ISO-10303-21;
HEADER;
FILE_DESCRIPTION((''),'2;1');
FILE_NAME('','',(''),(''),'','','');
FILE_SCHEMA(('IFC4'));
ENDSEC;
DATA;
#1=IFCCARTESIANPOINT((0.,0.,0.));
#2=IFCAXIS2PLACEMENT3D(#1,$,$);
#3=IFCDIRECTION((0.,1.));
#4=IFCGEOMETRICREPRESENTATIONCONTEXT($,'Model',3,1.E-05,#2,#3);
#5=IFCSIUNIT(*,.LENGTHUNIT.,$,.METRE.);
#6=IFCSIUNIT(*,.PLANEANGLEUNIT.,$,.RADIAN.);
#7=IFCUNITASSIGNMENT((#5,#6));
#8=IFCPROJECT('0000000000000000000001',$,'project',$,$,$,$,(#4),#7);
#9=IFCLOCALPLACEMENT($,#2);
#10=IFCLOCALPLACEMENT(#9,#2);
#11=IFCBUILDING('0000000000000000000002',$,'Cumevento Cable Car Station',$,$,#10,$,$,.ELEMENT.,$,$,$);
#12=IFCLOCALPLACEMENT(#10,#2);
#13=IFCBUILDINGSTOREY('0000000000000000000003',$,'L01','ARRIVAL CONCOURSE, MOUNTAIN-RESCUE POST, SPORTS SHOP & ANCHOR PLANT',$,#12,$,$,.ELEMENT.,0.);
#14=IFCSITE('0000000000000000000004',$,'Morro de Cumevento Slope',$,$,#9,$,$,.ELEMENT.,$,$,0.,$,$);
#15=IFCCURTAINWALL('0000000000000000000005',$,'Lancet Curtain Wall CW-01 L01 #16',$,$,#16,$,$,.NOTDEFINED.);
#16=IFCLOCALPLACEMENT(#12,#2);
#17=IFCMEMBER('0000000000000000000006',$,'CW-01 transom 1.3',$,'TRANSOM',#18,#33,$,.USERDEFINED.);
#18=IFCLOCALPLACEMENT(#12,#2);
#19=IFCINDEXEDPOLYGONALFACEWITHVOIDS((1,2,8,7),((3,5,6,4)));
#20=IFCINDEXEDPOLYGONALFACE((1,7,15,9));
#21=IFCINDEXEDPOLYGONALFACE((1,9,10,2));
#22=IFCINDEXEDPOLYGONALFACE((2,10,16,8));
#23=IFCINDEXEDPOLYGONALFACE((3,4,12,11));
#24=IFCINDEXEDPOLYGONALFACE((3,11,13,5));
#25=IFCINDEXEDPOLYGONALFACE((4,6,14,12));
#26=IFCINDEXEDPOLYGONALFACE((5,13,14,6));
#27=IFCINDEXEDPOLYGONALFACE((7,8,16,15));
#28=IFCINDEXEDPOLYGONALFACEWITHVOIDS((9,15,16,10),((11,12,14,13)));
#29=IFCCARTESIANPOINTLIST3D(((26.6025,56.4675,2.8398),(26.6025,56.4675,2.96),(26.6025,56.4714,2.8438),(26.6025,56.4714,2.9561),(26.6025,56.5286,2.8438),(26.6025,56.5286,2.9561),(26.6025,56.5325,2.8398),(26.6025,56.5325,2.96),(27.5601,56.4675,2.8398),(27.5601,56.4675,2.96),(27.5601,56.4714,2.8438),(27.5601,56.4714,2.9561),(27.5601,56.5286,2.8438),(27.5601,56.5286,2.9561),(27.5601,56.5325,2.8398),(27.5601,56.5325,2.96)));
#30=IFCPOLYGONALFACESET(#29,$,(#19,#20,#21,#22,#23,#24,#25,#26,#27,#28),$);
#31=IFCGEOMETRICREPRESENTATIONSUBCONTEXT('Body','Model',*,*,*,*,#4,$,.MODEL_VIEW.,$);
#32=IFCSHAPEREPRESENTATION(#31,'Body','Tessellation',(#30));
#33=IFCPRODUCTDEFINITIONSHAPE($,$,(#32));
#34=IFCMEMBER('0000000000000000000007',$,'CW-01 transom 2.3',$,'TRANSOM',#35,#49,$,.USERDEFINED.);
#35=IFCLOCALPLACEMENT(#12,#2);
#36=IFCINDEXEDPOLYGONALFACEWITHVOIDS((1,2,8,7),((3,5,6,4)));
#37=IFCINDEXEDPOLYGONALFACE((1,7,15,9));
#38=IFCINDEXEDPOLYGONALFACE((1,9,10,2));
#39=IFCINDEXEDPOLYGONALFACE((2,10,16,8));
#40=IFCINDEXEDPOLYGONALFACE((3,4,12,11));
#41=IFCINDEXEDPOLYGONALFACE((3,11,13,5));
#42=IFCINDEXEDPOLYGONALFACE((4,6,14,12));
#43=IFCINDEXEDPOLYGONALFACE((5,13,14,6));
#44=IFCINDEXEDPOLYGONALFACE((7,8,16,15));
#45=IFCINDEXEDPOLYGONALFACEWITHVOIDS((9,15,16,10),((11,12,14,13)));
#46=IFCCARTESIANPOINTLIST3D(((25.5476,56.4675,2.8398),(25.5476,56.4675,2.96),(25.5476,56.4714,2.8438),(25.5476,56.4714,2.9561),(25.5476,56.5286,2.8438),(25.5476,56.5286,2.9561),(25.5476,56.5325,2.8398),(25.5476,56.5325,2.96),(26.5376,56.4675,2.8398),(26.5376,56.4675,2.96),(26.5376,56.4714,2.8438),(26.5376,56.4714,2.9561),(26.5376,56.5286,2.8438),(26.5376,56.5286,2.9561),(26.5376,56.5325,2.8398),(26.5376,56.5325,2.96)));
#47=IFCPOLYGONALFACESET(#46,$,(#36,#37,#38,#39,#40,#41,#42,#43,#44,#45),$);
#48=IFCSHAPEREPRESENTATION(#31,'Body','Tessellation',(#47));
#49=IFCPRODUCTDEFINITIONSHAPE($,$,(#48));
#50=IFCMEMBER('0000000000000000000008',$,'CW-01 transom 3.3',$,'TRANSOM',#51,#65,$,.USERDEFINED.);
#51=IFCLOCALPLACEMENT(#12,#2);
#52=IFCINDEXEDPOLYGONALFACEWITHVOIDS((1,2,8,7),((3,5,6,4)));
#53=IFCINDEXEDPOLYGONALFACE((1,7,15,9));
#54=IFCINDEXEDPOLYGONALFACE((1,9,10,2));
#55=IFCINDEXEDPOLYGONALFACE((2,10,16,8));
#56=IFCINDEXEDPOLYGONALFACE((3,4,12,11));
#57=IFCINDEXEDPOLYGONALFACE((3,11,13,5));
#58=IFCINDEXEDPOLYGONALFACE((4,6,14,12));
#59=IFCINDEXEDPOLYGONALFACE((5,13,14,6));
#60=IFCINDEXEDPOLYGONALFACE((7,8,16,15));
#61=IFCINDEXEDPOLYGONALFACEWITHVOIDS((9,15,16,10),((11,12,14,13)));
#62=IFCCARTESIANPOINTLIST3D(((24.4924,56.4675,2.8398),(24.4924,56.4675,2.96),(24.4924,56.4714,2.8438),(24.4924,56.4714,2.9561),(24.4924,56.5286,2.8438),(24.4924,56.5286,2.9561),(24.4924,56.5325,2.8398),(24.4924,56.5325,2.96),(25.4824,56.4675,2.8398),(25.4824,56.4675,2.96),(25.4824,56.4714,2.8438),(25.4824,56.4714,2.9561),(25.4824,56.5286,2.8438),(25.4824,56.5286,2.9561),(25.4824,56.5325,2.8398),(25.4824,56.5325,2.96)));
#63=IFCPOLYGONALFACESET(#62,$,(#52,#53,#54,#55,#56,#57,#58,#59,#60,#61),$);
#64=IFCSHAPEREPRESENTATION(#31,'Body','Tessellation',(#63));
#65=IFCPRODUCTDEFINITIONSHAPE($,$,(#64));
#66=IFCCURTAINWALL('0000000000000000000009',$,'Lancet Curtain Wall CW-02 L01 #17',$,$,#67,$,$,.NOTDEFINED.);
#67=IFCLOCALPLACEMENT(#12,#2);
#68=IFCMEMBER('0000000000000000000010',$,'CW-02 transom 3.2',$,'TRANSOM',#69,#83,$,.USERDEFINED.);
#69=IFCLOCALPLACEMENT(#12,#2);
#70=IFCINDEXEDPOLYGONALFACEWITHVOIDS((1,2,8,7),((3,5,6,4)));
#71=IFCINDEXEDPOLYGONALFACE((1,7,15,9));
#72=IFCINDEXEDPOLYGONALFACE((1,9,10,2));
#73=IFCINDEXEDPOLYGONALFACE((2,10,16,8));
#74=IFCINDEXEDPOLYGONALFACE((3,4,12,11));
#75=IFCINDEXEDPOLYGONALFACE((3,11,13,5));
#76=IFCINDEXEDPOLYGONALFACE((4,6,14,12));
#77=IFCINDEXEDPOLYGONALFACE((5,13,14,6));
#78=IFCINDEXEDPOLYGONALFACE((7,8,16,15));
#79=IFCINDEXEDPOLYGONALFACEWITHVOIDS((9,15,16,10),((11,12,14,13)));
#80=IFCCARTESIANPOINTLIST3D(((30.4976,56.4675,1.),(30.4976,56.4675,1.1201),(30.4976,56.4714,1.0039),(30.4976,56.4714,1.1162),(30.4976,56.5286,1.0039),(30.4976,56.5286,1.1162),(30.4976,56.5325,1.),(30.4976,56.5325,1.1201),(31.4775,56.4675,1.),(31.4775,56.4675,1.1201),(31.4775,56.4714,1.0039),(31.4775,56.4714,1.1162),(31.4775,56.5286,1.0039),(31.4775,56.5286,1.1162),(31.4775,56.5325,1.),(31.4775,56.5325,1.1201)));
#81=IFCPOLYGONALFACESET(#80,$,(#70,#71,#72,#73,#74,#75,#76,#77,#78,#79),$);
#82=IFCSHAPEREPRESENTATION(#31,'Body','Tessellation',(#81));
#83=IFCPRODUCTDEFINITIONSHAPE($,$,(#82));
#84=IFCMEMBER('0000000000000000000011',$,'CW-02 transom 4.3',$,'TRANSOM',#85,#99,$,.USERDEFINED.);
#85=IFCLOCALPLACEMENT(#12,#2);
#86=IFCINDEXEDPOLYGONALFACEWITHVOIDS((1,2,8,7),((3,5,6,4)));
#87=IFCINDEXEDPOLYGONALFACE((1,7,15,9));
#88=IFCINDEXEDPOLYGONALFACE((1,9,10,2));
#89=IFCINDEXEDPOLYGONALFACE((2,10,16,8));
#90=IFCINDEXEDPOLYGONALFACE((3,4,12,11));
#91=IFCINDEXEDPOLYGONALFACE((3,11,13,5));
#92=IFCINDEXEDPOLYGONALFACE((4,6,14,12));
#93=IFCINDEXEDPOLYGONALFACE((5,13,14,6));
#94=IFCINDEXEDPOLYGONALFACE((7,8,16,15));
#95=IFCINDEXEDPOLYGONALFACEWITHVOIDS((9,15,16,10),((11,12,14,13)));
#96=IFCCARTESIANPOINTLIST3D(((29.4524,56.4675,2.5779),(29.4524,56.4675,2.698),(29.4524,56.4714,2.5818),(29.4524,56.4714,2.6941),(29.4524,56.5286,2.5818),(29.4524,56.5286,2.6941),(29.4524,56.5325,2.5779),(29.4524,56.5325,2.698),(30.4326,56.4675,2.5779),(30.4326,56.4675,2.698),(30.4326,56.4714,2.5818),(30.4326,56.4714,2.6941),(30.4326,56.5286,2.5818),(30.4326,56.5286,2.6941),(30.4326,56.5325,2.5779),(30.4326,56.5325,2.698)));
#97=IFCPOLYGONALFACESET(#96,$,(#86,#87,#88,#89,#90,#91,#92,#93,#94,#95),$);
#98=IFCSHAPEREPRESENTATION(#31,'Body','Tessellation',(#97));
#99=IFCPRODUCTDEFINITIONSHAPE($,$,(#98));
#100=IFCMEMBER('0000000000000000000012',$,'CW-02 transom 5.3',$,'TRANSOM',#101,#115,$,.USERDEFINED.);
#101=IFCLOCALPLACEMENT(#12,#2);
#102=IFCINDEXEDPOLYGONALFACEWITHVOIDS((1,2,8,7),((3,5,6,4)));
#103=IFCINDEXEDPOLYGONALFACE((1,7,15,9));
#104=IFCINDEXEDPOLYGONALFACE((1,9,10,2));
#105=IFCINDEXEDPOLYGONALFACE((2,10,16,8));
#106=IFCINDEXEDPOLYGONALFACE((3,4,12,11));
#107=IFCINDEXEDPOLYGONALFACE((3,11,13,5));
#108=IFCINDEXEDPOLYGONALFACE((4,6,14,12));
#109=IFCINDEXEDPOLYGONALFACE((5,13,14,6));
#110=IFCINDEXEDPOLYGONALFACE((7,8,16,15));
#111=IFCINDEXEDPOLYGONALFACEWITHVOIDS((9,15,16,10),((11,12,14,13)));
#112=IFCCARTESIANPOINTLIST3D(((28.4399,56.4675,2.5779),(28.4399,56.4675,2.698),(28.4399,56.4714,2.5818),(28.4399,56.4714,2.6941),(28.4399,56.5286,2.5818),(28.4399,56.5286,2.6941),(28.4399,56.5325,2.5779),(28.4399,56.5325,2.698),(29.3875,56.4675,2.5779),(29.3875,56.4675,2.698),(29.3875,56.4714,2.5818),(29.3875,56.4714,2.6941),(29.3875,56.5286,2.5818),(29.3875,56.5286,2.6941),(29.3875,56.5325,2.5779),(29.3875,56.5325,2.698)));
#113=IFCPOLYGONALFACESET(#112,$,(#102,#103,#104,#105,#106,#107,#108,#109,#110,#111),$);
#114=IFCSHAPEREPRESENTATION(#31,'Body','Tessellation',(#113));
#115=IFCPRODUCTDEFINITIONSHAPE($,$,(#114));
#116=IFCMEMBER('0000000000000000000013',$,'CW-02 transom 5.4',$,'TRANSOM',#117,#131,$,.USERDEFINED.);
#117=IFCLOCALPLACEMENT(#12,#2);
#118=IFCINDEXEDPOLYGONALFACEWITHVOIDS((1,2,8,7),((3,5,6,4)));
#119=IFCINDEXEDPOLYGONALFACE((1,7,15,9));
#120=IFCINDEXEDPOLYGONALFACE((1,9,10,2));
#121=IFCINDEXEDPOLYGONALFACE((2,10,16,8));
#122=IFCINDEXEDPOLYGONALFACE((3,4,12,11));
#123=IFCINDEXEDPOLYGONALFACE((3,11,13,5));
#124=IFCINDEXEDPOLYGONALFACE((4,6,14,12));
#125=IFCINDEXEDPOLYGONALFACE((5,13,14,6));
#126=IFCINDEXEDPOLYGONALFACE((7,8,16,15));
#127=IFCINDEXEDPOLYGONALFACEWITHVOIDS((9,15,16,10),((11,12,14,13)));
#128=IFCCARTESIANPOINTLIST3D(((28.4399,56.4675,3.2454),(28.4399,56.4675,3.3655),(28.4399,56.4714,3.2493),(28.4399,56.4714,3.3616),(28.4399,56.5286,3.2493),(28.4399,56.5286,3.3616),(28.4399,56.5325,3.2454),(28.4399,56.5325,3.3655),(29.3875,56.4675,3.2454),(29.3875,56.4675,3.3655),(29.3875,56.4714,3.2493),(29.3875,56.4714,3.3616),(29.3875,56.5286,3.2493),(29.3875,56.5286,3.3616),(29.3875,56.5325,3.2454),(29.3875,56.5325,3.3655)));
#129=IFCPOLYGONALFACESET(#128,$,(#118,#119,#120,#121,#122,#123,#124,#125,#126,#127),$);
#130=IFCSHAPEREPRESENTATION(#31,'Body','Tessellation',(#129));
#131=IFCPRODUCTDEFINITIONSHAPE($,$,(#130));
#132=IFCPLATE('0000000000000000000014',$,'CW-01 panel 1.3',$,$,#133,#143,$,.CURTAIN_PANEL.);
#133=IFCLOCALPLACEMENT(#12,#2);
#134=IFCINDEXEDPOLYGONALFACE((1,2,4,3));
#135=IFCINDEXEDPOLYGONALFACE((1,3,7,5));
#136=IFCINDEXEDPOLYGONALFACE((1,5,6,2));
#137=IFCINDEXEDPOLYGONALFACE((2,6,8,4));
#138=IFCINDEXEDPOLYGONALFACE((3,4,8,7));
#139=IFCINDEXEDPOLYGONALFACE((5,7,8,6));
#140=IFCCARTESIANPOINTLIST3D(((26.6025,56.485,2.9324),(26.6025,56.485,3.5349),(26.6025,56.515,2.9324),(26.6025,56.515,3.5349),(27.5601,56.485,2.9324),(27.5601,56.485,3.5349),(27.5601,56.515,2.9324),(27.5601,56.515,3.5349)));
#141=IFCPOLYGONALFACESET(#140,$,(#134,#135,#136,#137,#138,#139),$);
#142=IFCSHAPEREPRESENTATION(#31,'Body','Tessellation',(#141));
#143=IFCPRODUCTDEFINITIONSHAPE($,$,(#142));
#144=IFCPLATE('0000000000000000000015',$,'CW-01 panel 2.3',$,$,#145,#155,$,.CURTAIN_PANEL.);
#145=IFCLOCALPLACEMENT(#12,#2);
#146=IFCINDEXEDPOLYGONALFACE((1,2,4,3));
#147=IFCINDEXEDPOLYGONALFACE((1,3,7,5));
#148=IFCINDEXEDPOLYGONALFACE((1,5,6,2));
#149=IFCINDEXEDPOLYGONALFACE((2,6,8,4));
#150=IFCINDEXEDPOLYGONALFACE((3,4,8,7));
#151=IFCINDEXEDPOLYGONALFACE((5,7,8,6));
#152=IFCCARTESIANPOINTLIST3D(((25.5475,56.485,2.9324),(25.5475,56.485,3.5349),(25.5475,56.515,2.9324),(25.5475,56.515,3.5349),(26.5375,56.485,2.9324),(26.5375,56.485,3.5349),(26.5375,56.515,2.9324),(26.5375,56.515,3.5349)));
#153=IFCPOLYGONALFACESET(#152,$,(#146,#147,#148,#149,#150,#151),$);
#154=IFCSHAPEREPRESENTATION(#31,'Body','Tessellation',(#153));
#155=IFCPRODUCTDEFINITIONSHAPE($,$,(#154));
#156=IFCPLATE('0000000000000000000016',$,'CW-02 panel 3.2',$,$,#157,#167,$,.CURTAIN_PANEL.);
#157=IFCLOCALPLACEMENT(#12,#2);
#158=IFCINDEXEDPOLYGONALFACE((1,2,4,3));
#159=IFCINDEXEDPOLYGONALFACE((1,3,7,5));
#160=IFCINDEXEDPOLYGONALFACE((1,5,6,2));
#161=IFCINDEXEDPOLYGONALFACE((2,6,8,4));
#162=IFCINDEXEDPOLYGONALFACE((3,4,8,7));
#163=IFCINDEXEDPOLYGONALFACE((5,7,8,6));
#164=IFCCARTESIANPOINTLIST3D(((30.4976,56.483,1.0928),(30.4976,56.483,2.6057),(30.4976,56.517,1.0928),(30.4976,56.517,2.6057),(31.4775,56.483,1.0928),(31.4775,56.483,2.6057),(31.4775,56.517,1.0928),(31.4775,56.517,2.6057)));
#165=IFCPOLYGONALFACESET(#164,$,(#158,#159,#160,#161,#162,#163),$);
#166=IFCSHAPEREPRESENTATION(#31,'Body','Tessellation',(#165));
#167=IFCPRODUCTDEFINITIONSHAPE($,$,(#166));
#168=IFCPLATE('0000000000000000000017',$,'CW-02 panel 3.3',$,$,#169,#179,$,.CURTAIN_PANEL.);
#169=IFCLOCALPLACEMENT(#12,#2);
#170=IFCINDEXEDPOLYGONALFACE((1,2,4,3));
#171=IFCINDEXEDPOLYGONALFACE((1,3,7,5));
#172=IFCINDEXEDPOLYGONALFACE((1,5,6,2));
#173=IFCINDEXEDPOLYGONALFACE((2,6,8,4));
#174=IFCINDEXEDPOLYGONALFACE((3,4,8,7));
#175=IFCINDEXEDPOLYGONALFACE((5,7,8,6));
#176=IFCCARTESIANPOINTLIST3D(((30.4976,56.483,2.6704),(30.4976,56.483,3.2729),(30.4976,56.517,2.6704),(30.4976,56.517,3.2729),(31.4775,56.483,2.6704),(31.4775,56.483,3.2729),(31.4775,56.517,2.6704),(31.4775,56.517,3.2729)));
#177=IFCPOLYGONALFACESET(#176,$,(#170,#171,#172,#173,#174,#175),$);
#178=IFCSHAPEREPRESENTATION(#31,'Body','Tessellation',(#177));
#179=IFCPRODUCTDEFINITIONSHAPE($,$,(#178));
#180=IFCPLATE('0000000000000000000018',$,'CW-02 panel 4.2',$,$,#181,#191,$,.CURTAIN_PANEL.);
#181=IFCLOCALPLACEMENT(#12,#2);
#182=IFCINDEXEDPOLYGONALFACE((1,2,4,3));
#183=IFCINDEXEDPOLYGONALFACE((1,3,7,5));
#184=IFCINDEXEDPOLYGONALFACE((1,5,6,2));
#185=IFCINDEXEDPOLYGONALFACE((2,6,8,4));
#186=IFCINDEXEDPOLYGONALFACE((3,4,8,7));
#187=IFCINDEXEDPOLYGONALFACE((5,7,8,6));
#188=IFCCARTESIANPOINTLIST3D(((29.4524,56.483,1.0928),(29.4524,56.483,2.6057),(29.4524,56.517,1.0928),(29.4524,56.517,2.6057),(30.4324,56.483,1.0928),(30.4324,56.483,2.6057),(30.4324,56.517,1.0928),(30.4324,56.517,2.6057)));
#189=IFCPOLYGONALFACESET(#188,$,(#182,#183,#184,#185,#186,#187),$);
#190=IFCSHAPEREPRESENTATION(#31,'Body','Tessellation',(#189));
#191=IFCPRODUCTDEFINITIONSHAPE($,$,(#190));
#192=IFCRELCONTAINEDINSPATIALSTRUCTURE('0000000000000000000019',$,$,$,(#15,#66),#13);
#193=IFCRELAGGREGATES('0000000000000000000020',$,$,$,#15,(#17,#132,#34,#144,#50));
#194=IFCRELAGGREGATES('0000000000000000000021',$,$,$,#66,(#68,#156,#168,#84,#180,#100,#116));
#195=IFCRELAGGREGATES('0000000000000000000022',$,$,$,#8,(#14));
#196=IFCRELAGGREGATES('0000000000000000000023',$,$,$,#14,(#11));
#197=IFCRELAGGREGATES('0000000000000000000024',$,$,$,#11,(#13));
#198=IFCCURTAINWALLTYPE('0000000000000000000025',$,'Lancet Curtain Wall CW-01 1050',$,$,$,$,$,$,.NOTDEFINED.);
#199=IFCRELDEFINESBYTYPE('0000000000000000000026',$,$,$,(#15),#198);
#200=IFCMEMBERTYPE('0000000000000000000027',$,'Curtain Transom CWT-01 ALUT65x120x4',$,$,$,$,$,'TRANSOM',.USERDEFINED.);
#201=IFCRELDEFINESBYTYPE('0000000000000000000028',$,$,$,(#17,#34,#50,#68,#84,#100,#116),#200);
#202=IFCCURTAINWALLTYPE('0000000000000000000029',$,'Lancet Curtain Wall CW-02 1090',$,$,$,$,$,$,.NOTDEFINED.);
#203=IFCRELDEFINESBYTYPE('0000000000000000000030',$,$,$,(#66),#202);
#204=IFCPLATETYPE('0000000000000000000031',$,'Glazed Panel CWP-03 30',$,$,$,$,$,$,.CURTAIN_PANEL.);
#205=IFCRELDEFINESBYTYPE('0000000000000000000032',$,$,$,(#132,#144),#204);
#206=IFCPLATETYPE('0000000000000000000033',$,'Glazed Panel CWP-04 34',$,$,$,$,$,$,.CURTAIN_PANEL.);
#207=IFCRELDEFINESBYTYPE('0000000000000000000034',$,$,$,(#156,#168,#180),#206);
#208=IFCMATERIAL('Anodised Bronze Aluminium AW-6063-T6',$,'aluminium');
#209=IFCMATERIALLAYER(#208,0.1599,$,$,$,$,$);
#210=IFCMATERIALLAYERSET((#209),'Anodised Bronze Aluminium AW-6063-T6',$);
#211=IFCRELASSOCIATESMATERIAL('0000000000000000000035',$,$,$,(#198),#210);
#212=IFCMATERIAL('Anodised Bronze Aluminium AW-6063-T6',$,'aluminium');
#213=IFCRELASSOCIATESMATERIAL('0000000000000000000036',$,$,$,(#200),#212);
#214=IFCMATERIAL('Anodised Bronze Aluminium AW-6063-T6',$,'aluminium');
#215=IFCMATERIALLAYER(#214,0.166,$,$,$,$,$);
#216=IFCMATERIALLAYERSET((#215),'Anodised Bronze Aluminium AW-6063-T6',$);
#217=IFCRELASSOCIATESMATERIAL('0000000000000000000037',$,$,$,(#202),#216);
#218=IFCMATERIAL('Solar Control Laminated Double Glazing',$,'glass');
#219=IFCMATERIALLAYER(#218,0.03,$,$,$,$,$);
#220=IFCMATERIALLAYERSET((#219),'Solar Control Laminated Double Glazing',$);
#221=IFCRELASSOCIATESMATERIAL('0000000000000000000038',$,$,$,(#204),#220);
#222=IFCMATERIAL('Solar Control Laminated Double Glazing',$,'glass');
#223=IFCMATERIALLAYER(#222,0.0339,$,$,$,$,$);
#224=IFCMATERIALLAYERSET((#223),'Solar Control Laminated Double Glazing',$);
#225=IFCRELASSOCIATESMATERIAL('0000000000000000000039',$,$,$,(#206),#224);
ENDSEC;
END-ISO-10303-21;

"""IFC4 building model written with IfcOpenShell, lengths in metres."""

from ifc_helpers import new_model, si_unit, direction, frame, origin, origin_2d, place, context, subcontext, project, spatial, rectangle, hollow_rectangle, extrude, material, layer, layer_set, material_profile, profile_set, type_object, element, aggregate, save


model = new_model("IFC4")

# Units and contexts
model_context = context("Model", 3, precision=1e-05, world=origin(), true_north=direction((0.0, 1.0)))
body_context = subcontext(model_context, "Body", "Model", "MODEL_VIEW")
ifc_project = project(units=[si_unit("LENGTHUNIT", "METRE"), si_unit("PLANEANGLEUNIT", "RADIAN")], contexts=[model_context])

# Site, building, storey
site_placement = place(None, origin())
site = spatial("IfcSite", under=ifc_project, at=site_placement, Name="Morro de Cumevento Slope", CompositionType="ELEMENT", RefElevation=0.0)
building_placement = place(site_placement, origin())
building = spatial("IfcBuilding", under=site, at=building_placement, Name="Cumevento Cable Car Station", CompositionType="ELEMENT")
storey_placement = place(building_placement, origin())
storey = spatial("IfcBuildingStorey", under=building, at=storey_placement, Name="L01", Description="ARRIVAL CONCOURSE, MOUNTAIN-RESCUE POST, SPORTS SHOP & ANCHOR PLANT", CompositionType="ELEMENT", Elevation=0.0)

# Curtain walls, members
ifc_material_1 = material(Name="Anodised Bronze Aluminium AW-6063-T6", Category="aluminium")
ifc_layer_1 = layer(ifc_material_1, 0.1599)
ifc_layer_set_1 = layer_set([ifc_layer_1], Name="Anodised Bronze Aluminium AW-6063-T6")
curtain_wall_type_1 = type_object("IfcCurtainWallType", Name="Lancet Curtain Wall CW-01 1050", PredefinedType="NOTDEFINED", material=ifc_layer_set_1)
curtain_wall_1_placement = place(storey_placement, origin())
curtain_wall_1 = element("IfcCurtainWall", 1, at=curtain_wall_1_placement, inside=storey, type_object=curtain_wall_type_1, Name="Lancet Curtain Wall CW-01 L01 #16", PredefinedType="NOTDEFINED")
ifc_material_2 = material(Name="Anodised Bronze Aluminium AW-6063-T6", Category="aluminium")
ifc_material_profile = material_profile(ifc_material_2, hollow_rectangle(XDim=0.0649, YDim=0.1201, WallThickness=0.0039, at=origin_2d()), Name="ALUT65x120x4")
ifc_profile_set = profile_set([ifc_material_profile], Name="Anodised Bronze Aluminium AW-6063-T6")
member_type = type_object("IfcMemberType", Name="Curtain Transom CWT-01 ALUT65x120x4", ElementType="TRANSOM", PredefinedType="USERDEFINED", material=ifc_profile_set)
member_1_placement = place(storey_placement, frame((27.5601, 56.5, 2.8999), z_axis=(-1.0, 0.0, 0.0), x_axis=(0.0, -1.0, 0.0)))
member_1 = element("IfcMember", 2, at=member_1_placement, type_object=member_type, Name="CW-01 transom 1.3", ObjectType="TRANSOM", PredefinedType="USERDEFINED", context=body_context, shape_type="SweptSolid", body=[
    extrude(hollow_rectangle(XDim=0.0649, YDim=0.1201, WallThickness=0.0039, at=origin_2d()), origin(), (0.0, 0.0, 1.0), 0.9575),
])
member_2_placement = place(storey_placement, frame((26.5376, 56.5, 2.8999), z_axis=(-1.0, 0.0, 0.0), x_axis=(0.0, -1.0, 0.0)))
member_2 = element("IfcMember", 3, at=member_2_placement, type_object=member_type, Name="CW-01 transom 2.3", ObjectType="TRANSOM", PredefinedType="USERDEFINED", context=body_context, shape_type="SweptSolid", body=[
    extrude(hollow_rectangle(XDim=0.0649, YDim=0.1201, WallThickness=0.0039, at=origin_2d()), origin(), (0.0, 0.0, 1.0), 0.99),
])
member_3_placement = place(storey_placement, frame((25.4824, 56.5, 2.8999), z_axis=(-1.0, 0.0, 0.0), x_axis=(0.0, -1.0, 0.0)))
member_3 = element("IfcMember", 4, at=member_3_placement, type_object=member_type, Name="CW-01 transom 3.3", ObjectType="TRANSOM", PredefinedType="USERDEFINED", context=body_context, shape_type="SweptSolid", body=[
    extrude(hollow_rectangle(XDim=0.0649, YDim=0.1201, WallThickness=0.0039, at=origin_2d()), origin(), (0.0, 0.0, 1.0), 0.99),
])
ifc_material_3 = material(Name="Anodised Bronze Aluminium AW-6063-T6", Category="aluminium")
ifc_layer_2 = layer(ifc_material_3, 0.166)
ifc_layer_set_2 = layer_set([ifc_layer_2], Name="Anodised Bronze Aluminium AW-6063-T6")
curtain_wall_type_2 = type_object("IfcCurtainWallType", Name="Lancet Curtain Wall CW-02 1090", PredefinedType="NOTDEFINED", material=ifc_layer_set_2)
curtain_wall_2_placement = place(storey_placement, origin())
curtain_wall_2 = element("IfcCurtainWall", 5, at=curtain_wall_2_placement, inside=storey, type_object=curtain_wall_type_2, Name="Lancet Curtain Wall CW-02 L01 #17", PredefinedType="NOTDEFINED")
member_4_placement = place(storey_placement, frame((31.4775, 56.5, 1.0601), z_axis=(-1.0, 0.0, 0.0), x_axis=(0.0, -1.0, 0.0)))
member_4 = element("IfcMember", 6, at=member_4_placement, type_object=member_type, Name="CW-02 transom 3.2", ObjectType="TRANSOM", PredefinedType="USERDEFINED", context=body_context, shape_type="SweptSolid", body=[
    extrude(hollow_rectangle(XDim=0.0649, YDim=0.1201, WallThickness=0.0039, at=origin_2d()), origin(), (0.0, 0.0, 1.0), 0.98),
])
member_5_placement = place(storey_placement, frame((30.4326, 56.5, 2.6379), z_axis=(-1.0, 0.0, 0.0), x_axis=(0.0, -1.0, 0.0)))
member_5 = element("IfcMember", 7, at=member_5_placement, type_object=member_type, Name="CW-02 transom 4.3", ObjectType="TRANSOM", PredefinedType="USERDEFINED", context=body_context, shape_type="SweptSolid", body=[
    extrude(hollow_rectangle(XDim=0.0649, YDim=0.1201, WallThickness=0.0039, at=origin_2d()), origin(), (0.0, 0.0, 1.0), 0.9802),
])
member_6_placement = place(storey_placement, frame((29.3875, 56.5, 2.6379), z_axis=(-1.0, 0.0, 0.0), x_axis=(0.0, -1.0, 0.0)))
member_6 = element("IfcMember", 8, at=member_6_placement, type_object=member_type, Name="CW-02 transom 5.3", ObjectType="TRANSOM", PredefinedType="USERDEFINED", context=body_context, shape_type="SweptSolid", body=[
    extrude(hollow_rectangle(XDim=0.0649, YDim=0.1201, WallThickness=0.0039, at=origin_2d()), origin(), (0.0, 0.0, 1.0), 0.9475),
])
member_7_placement = place(storey_placement, frame((29.3875, 56.5, 3.3054), z_axis=(-1.0, 0.0, 0.0), x_axis=(0.0, -1.0, 0.0)))
member_7 = element("IfcMember", 9, at=member_7_placement, type_object=member_type, Name="CW-02 transom 5.4", ObjectType="TRANSOM", PredefinedType="USERDEFINED", context=body_context, shape_type="SweptSolid", body=[
    extrude(hollow_rectangle(XDim=0.0649, YDim=0.1201, WallThickness=0.0039, at=origin_2d()), origin(), (0.0, 0.0, 1.0), 0.9475),
])

# Plates
ifc_material_4 = material(Name="Solar Control Laminated Double Glazing", Category="glass")
ifc_layer_3 = layer(ifc_material_4, 0.03)
ifc_layer_set_3 = layer_set([ifc_layer_3], Name="Solar Control Laminated Double Glazing")
plate_type_1 = type_object("IfcPlateType", Name="Glazed Panel CWP-03 30", PredefinedType="CURTAIN_PANEL", material=ifc_layer_set_3)
plate_1_placement = place(storey_placement, frame((27.0813, 56.5, 2.9324), z_axis=(0.0, 0.0, 1.0), x_axis=(-1.0, 0.0, 0.0)))
plate_1 = element("IfcPlate", 10, at=plate_1_placement, type_object=plate_type_1, Name="CW-01 panel 1.3", PredefinedType="CURTAIN_PANEL", context=body_context, shape_type="SweptSolid", body=[
    extrude(rectangle(XDim=0.9575, YDim=0.03, at=origin_2d()), origin(), (0.0, 0.0, 1.0), 0.6025),
])
plate_2_placement = place(storey_placement, frame((26.0425, 56.5, 2.9324), z_axis=(0.0, 0.0, 1.0), x_axis=(-1.0, 0.0, 0.0)))
plate_2 = element("IfcPlate", 11, at=plate_2_placement, type_object=plate_type_1, Name="CW-01 panel 2.3", PredefinedType="CURTAIN_PANEL", context=body_context, shape_type="SweptSolid", body=[
    extrude(rectangle(XDim=0.99, YDim=0.03, at=origin_2d()), origin(), (0.0, 0.0, 1.0), 0.6025),
])
aggregate(curtain_wall_1, [member_1, plate_1, member_2, plate_2, member_3])
ifc_material_5 = material(Name="Solar Control Laminated Double Glazing", Category="glass")
ifc_layer_4 = layer(ifc_material_5, 0.0339)
ifc_layer_set_4 = layer_set([ifc_layer_4], Name="Solar Control Laminated Double Glazing")
plate_type_2 = type_object("IfcPlateType", Name="Glazed Panel CWP-04 34", PredefinedType="CURTAIN_PANEL", material=ifc_layer_set_4)
plate_3_placement = place(storey_placement, frame((30.9875, 56.5, 1.0928), z_axis=(0.0, 0.0, 1.0), x_axis=(-1.0, 0.0, 0.0)))
plate_3 = element("IfcPlate", 12, at=plate_3_placement, type_object=plate_type_2, Name="CW-02 panel 3.2", PredefinedType="CURTAIN_PANEL", context=body_context, shape_type="SweptSolid", body=[
    extrude(rectangle(XDim=0.98, YDim=0.0339, at=origin_2d()), origin(), (0.0, 0.0, 1.0), 1.5129),
])
plate_4_placement = place(storey_placement, frame((30.9875, 56.5, 2.6704), z_axis=(0.0, 0.0, 1.0), x_axis=(-1.0, 0.0, 0.0)))
plate_4 = element("IfcPlate", 13, at=plate_4_placement, type_object=plate_type_2, Name="CW-02 panel 3.3", PredefinedType="CURTAIN_PANEL", context=body_context, shape_type="SweptSolid", body=[
    extrude(rectangle(XDim=0.98, YDim=0.0339, at=origin_2d()), origin(), (0.0, 0.0, 1.0), 0.6025),
])
plate_5_placement = place(storey_placement, frame((29.9424, 56.5, 1.0928), z_axis=(0.0, 0.0, 1.0), x_axis=(-1.0, 0.0, 0.0)))
plate_5 = element("IfcPlate", 14, at=plate_5_placement, type_object=plate_type_2, Name="CW-02 panel 4.2", PredefinedType="CURTAIN_PANEL", context=body_context, shape_type="SweptSolid", body=[
    extrude(rectangle(XDim=0.98, YDim=0.0339, at=origin_2d()), origin(), (0.0, 0.0, 1.0), 1.5129),
])
aggregate(curtain_wall_2, [member_4, plate_3, plate_4, member_5, plate_5, member_6, member_7])

save(model, "model.ifc")
